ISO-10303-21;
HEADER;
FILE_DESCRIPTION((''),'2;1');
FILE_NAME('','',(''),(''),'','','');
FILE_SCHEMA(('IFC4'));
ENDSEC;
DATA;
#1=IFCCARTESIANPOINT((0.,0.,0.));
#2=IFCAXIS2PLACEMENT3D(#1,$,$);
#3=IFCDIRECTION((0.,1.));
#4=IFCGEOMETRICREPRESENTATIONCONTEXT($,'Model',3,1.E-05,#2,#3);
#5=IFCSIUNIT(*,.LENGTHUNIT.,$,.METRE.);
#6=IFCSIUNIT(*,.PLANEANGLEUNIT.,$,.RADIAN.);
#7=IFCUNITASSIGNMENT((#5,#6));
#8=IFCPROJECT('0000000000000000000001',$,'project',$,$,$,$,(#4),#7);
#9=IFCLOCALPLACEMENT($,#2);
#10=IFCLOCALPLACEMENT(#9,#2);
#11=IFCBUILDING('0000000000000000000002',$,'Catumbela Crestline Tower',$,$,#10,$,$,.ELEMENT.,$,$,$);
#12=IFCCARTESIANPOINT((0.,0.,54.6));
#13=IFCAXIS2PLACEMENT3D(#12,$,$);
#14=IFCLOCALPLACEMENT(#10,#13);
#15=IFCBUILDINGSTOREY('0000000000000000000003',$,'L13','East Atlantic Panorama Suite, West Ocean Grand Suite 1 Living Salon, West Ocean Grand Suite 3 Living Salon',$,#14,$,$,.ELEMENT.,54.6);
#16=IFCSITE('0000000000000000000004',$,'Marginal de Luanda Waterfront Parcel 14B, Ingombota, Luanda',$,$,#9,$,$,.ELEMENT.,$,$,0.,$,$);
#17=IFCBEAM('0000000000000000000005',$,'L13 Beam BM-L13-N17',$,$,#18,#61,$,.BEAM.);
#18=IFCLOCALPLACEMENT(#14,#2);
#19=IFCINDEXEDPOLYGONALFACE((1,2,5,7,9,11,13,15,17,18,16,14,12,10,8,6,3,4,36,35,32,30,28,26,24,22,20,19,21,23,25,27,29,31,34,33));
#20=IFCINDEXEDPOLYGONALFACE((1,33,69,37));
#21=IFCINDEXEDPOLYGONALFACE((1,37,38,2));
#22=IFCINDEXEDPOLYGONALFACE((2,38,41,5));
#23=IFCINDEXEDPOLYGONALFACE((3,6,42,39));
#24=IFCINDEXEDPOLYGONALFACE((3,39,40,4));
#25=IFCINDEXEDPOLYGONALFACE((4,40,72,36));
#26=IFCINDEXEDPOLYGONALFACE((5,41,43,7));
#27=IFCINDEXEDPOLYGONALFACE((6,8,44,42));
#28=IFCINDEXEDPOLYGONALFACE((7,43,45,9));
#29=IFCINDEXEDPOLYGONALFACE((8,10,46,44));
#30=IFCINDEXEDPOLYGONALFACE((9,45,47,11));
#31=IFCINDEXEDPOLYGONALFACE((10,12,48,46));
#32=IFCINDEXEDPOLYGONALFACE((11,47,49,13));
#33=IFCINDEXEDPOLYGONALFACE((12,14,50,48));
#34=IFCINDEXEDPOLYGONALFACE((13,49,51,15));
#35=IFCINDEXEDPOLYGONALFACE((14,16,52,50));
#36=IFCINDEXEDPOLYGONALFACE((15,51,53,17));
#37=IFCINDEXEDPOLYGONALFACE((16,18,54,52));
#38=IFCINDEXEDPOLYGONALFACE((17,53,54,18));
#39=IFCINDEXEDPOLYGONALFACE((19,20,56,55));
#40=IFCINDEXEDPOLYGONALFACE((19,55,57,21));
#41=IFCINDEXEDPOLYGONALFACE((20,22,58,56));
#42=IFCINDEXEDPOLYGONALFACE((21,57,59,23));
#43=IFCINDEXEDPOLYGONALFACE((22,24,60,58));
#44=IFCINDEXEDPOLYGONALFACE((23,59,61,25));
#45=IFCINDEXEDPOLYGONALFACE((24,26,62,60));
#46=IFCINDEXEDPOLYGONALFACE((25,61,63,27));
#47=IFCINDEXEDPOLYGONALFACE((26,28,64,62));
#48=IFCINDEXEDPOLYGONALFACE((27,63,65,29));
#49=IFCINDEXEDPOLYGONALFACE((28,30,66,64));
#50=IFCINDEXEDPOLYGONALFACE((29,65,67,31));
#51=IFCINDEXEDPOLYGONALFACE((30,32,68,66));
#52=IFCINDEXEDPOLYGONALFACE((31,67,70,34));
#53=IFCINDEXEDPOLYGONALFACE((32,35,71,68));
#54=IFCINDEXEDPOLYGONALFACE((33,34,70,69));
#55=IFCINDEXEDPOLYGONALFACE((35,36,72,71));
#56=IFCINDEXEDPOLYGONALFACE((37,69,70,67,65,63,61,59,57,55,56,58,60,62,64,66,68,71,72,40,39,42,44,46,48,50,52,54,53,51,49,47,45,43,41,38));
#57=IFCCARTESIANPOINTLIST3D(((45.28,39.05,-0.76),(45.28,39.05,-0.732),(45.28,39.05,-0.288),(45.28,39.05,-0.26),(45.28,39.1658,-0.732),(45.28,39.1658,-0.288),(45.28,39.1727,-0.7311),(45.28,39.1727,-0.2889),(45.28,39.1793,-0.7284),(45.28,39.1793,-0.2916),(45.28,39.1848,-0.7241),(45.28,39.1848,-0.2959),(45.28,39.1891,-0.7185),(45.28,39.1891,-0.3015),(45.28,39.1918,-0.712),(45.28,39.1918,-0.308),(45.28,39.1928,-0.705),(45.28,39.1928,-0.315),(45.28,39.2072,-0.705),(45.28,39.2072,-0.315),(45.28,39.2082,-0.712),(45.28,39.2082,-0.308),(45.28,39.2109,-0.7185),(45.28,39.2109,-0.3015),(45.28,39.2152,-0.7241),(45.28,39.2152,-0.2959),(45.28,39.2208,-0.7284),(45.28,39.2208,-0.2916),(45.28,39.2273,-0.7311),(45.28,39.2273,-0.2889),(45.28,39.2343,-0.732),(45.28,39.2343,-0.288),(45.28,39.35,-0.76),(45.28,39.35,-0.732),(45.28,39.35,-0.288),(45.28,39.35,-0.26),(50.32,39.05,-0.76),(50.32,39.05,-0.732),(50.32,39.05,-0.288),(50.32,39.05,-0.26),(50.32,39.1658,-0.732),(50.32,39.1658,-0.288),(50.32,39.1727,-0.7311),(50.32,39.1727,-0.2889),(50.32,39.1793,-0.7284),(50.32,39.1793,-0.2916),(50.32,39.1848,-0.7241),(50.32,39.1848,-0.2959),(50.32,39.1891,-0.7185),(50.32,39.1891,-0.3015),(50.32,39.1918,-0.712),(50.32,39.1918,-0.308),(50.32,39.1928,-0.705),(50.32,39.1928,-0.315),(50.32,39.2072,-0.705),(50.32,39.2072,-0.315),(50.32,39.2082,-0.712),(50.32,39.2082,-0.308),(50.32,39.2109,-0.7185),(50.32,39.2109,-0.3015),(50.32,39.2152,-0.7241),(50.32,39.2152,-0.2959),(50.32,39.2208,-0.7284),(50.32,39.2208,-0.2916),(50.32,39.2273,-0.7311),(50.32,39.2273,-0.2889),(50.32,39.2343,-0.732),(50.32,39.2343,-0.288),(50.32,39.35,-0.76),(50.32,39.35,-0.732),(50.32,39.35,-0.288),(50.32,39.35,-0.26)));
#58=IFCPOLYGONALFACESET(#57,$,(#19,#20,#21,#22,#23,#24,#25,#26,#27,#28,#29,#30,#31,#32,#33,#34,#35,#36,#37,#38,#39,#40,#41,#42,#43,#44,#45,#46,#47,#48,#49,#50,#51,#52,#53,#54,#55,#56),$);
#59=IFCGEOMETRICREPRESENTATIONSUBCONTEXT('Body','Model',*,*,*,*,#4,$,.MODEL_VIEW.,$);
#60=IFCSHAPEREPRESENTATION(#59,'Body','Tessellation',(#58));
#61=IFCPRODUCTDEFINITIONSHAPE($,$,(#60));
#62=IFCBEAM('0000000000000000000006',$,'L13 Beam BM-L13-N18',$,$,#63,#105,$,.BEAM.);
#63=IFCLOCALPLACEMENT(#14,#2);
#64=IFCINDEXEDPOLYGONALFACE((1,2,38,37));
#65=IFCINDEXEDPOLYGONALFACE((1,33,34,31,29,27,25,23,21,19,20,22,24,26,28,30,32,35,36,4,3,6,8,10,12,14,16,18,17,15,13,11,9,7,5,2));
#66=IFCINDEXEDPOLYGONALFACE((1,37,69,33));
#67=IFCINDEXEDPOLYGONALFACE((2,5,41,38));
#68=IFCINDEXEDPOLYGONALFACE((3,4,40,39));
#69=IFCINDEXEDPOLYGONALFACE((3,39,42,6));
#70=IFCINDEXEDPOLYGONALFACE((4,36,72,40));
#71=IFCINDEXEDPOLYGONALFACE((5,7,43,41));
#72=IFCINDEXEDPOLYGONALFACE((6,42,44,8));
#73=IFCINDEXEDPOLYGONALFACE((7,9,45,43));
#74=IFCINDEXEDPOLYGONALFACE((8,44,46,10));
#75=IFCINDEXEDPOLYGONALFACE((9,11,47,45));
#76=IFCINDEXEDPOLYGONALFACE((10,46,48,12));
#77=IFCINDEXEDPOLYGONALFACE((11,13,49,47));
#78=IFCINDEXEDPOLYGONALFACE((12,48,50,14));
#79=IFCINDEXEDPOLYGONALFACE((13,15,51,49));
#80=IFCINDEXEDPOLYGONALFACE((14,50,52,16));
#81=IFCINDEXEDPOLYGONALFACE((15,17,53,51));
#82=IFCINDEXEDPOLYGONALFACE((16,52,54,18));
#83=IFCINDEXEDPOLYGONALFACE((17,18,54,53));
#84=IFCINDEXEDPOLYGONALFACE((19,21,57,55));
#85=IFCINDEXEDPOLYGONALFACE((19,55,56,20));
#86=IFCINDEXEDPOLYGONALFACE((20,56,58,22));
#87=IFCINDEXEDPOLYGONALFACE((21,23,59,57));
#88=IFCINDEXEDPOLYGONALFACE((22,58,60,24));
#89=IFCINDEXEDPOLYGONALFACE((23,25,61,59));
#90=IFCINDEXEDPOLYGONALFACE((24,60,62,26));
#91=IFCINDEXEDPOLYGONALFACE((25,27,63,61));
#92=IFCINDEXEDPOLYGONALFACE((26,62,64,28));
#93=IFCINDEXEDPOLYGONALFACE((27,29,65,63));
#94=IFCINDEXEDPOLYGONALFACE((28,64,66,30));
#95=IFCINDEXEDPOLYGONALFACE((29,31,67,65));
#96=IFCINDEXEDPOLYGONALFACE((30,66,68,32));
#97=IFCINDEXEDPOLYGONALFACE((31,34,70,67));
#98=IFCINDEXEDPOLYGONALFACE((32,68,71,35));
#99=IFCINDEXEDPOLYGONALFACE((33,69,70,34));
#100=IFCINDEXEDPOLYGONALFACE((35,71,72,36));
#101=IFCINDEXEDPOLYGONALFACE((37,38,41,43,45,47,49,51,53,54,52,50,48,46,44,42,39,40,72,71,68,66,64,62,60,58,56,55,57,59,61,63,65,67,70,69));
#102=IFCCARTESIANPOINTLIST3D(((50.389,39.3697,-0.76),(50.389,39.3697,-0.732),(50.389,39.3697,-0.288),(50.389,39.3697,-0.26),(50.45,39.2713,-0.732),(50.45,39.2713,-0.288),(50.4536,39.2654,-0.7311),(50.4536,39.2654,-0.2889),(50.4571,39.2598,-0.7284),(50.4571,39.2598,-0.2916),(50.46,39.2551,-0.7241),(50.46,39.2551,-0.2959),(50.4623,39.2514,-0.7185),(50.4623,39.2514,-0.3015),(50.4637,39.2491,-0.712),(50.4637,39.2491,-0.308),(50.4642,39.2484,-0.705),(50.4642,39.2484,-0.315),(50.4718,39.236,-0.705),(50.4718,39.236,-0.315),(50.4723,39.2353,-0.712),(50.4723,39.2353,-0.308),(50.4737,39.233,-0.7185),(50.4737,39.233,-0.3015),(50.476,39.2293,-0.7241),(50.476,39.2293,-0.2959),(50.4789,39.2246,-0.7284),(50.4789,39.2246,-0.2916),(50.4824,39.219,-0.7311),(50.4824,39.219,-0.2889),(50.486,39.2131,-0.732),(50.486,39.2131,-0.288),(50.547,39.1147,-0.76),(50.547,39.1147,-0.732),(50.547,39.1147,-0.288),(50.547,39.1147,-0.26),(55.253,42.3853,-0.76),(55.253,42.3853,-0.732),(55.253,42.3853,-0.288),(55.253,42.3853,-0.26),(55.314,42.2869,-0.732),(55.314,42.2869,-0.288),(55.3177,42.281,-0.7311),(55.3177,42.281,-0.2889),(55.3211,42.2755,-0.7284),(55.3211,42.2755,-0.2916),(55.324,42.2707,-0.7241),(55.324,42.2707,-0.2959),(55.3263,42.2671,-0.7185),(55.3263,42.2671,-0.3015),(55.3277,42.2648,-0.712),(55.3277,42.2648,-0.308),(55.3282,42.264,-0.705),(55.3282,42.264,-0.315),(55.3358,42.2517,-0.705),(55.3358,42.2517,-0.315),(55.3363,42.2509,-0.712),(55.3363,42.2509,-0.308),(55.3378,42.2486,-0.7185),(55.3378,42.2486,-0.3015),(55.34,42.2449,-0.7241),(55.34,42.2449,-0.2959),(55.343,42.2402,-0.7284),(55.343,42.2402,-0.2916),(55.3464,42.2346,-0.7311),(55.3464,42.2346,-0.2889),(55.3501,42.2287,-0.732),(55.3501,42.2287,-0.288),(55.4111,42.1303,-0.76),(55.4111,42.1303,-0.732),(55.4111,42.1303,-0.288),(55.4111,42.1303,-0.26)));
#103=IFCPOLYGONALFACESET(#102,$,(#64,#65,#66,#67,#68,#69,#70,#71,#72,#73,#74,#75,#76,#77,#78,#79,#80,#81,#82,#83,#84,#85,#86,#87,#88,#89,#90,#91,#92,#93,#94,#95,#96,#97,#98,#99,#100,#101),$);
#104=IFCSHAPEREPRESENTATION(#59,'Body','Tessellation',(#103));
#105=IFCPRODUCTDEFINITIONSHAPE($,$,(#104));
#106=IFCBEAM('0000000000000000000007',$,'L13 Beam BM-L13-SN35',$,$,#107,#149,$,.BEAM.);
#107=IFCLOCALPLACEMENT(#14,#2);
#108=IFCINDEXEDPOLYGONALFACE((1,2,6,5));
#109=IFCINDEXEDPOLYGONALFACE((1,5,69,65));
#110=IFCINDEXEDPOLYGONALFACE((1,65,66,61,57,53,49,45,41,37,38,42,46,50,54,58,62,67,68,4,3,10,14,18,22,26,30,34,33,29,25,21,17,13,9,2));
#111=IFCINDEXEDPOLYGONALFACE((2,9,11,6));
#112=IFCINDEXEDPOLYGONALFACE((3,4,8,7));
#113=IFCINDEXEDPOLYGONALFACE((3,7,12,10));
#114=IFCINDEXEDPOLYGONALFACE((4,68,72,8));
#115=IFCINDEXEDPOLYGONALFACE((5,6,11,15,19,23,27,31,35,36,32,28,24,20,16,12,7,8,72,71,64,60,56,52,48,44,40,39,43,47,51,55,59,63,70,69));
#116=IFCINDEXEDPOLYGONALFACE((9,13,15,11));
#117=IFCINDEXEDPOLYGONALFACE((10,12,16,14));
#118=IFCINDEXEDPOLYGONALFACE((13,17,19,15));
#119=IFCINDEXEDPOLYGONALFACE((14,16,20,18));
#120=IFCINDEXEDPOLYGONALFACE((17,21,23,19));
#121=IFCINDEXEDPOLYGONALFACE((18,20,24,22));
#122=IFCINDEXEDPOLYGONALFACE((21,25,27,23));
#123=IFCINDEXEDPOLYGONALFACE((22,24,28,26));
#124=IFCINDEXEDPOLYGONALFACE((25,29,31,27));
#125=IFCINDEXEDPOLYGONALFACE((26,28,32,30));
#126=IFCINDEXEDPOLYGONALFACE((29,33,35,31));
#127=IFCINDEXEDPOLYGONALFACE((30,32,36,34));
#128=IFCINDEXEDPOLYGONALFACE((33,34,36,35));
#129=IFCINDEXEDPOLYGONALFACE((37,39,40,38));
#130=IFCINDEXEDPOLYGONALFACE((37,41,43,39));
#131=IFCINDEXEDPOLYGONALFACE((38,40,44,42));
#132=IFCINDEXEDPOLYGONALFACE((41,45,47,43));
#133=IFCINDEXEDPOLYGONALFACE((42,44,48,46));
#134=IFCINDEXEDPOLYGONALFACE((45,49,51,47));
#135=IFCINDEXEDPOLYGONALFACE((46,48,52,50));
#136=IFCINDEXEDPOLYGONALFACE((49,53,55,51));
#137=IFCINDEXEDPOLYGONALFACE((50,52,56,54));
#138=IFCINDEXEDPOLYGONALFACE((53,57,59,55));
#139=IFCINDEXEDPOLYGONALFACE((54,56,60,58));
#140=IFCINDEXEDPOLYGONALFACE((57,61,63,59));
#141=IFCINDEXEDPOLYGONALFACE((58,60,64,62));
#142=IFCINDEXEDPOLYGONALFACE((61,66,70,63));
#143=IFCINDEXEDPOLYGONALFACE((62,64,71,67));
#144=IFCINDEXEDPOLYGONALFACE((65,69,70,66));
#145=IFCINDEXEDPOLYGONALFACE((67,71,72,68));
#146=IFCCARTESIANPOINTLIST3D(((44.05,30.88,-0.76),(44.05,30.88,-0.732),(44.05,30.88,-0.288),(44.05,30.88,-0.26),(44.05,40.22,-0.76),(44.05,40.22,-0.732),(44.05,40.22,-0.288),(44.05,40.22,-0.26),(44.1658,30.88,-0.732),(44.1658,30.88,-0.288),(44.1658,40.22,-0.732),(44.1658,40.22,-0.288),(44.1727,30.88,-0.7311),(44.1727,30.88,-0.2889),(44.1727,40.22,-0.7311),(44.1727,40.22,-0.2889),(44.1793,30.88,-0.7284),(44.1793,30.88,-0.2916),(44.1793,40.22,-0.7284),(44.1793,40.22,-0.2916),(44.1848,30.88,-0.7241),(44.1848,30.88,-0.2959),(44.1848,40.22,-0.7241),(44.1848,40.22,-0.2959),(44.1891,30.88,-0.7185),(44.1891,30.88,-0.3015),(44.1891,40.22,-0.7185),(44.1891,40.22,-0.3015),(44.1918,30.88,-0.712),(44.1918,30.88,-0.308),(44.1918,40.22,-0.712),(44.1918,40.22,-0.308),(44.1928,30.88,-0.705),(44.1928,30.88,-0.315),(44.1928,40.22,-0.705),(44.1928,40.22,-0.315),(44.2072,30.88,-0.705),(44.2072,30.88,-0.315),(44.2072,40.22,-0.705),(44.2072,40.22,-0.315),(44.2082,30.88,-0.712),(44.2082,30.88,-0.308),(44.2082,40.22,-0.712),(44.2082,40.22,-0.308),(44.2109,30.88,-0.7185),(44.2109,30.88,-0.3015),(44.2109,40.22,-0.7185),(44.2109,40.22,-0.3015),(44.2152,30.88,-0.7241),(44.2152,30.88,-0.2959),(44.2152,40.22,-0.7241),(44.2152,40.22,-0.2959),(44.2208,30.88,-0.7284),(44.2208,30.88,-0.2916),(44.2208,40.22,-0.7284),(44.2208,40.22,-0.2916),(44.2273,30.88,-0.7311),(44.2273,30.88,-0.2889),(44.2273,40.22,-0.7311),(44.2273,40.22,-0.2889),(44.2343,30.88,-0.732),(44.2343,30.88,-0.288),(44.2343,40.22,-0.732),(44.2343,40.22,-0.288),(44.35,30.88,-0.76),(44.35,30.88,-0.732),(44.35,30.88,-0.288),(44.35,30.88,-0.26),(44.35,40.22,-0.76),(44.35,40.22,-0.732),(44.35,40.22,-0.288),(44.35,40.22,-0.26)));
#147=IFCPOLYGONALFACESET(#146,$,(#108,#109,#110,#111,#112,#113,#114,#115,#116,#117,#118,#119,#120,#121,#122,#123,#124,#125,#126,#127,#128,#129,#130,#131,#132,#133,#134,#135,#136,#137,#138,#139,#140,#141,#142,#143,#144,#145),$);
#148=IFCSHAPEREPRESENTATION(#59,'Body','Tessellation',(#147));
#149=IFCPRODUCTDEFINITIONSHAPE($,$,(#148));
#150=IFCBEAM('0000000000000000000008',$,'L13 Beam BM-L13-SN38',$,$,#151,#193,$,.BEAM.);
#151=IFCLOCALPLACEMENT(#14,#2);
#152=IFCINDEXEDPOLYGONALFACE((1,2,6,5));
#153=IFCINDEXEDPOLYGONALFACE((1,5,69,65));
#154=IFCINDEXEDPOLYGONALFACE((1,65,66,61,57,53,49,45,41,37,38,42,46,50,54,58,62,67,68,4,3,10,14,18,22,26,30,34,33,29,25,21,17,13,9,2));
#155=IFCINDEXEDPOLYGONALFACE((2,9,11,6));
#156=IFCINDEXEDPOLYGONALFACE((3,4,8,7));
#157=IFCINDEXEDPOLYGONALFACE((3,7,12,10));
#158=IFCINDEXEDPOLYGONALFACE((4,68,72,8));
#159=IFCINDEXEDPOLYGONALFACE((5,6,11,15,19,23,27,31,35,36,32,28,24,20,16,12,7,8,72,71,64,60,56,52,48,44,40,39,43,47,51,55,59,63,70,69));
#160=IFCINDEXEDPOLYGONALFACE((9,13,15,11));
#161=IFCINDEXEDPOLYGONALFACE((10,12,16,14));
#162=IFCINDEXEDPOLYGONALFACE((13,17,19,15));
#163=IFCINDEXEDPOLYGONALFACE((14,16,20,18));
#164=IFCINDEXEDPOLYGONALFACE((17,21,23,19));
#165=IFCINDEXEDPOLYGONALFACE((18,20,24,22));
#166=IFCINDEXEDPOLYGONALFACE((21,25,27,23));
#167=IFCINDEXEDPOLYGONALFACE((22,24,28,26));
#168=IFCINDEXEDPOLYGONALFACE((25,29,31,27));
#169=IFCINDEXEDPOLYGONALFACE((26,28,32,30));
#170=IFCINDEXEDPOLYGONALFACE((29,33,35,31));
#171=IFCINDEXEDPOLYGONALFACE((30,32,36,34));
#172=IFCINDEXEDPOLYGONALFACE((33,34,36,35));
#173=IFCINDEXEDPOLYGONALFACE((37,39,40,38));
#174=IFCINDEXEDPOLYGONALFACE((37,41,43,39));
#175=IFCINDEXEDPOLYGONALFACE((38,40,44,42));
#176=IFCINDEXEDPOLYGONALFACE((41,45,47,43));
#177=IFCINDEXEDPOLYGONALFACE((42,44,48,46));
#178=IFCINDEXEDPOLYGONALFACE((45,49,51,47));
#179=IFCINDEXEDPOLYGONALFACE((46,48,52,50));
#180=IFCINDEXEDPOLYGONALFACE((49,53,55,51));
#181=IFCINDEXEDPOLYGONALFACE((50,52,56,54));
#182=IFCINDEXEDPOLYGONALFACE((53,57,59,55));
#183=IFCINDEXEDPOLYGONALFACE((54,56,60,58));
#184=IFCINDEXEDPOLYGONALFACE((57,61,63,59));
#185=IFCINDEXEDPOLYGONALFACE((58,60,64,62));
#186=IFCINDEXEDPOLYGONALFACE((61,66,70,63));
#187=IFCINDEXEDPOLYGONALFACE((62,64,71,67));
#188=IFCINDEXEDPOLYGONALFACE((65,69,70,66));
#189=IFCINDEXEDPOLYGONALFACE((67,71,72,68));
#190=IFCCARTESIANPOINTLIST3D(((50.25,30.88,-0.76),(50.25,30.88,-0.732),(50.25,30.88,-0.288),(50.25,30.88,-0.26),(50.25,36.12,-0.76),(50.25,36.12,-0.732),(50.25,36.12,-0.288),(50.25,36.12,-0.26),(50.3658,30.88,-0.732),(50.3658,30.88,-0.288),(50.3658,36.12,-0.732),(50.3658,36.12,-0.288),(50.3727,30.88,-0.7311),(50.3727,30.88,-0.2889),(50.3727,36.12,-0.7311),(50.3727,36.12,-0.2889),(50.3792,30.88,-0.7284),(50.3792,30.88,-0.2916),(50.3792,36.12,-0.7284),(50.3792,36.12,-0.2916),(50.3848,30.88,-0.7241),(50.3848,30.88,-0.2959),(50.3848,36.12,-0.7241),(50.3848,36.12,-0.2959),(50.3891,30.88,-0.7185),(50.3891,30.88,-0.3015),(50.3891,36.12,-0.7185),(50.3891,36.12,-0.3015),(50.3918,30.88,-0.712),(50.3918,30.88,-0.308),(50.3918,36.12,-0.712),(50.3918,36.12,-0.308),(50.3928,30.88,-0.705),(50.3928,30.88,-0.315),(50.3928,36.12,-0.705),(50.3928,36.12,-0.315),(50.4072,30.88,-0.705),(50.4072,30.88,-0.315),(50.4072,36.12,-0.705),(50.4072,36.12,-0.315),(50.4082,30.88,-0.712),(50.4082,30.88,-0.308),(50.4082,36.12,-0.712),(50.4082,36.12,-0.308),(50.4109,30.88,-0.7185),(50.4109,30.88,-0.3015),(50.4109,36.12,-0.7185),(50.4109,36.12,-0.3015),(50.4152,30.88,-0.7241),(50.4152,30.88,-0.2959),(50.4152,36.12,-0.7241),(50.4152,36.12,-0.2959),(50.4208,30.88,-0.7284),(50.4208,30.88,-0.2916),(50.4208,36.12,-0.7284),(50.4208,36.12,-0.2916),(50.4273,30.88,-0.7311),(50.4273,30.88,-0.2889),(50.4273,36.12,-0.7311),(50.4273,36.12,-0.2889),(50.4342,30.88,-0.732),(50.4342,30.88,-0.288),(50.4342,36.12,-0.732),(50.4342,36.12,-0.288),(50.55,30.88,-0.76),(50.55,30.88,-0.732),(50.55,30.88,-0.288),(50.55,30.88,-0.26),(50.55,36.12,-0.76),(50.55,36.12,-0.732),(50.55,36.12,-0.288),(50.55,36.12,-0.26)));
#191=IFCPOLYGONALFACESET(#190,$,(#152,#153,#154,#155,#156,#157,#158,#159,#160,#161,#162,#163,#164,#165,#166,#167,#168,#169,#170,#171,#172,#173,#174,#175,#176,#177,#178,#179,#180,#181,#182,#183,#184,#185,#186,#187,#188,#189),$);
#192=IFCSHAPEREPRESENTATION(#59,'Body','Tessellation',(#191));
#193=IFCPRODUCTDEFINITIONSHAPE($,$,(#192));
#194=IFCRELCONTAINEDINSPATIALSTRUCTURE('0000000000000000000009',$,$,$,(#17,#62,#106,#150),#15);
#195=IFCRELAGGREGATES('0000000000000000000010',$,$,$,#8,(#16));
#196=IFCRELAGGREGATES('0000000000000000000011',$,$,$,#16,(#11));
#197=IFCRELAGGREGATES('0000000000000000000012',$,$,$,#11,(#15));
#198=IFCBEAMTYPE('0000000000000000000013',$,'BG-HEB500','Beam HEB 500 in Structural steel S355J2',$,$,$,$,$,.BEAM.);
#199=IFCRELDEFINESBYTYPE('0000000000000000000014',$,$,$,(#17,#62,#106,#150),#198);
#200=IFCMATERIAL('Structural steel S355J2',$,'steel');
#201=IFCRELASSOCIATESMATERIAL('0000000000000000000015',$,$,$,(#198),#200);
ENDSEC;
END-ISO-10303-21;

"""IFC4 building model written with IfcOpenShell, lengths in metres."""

from ifc_helpers import new_model, si_unit, direction, frame, origin, origin_2d, place, context, subcontext, project, spatial, i_section, extrude, material, material_profile, profile_set, type_object, element, save


model = new_model("IFC4")

# Units and contexts
model_context = context("Model", 3, precision=1e-05, world=origin(), true_north=direction((0.0, 1.0)))
body_context = subcontext(model_context, "Body", "Model", "MODEL_VIEW")
ifc_project = project(units=[si_unit("LENGTHUNIT", "METRE"), si_unit("PLANEANGLEUNIT", "RADIAN")], contexts=[model_context])

# Site, building, storey
site_placement = place(None, origin())
site = spatial("IfcSite", under=ifc_project, at=site_placement, Name="Marginal de Luanda Waterfront Parcel 14B, Ingombota, Luanda", CompositionType="ELEMENT", RefElevation=0.0)
building_placement = place(site_placement, origin())
building = spatial("IfcBuilding", under=site, at=building_placement, Name="Catumbela Crestline Tower", CompositionType="ELEMENT")
storey_placement = place(building_placement, frame((0.0, 0.0, 54.6)))
storey = spatial("IfcBuildingStorey", under=building, at=storey_placement, Name="L13", Description="East Atlantic Panorama Suite, West Ocean Grand Suite 1 Living Salon, West Ocean Grand Suite 3 Living Salon", CompositionType="ELEMENT", Elevation=54.6)

# Beams
ifc_material_1 = material(Name="Structural steel S355J2", Category="steel")
ifc_material_profile_1 = material_profile(ifc_material_1, i_section(OverallWidth=0.3, OverallDepth=0.5, WebThickness=0.0145, FlangeThickness=0.028, FilletRadius=0.027, at=origin_2d()), Name="HEB 500")
ifc_profile_set_1 = profile_set([ifc_material_profile_1], Name="Structural steel S355J2")
beam_type_1 = type_object("IfcBeamType", Name="BG-HEB500", Description="Beam HEB 500 in Structural steel S355J2", PredefinedType="BEAM", material=ifc_profile_set_1)
beam_1_placement = place(storey_placement, frame((45.28, 39.2, -0.51), z_axis=(1.0, 0.0, 0.0), x_axis=(0.0, 1.0, 0.0)))
element("IfcBeam", 1, at=beam_1_placement, inside=storey, type_object=beam_type_1, Name="L13 Beam BM-L13-N17", PredefinedType="BEAM", context=body_context, shape_type="SweptSolid", body=[
    extrude(i_section(OverallWidth=0.3, OverallDepth=0.5, WebThickness=0.0145, FlangeThickness=0.028, FilletRadius=0.027, at=origin_2d()), origin(), (0.0, 0.0, 1.0), 5.04),
])
beam_2_placement = place(storey_placement, frame((50.468, 39.2422, -0.51), z_axis=(0.849909, 0.52693, 0.0), x_axis=(-0.52693, 0.849909, 0.0)))
element("IfcBeam", 2, at=beam_2_placement, inside=storey, type_object=beam_type_1, Name="L13 Beam BM-L13-N18", PredefinedType="BEAM", context=body_context, shape_type="SweptSolid", body=[
    extrude(i_section(OverallWidth=0.3, OverallDepth=0.5, WebThickness=0.0145, FlangeThickness=0.028, FilletRadius=0.027, at=origin_2d()), origin(), (0.0, 0.0, 1.0), 5.723),
])
beam_3_placement = place(storey_placement, frame((44.2, 30.88, -0.51), z_axis=(0.0, 1.0, 0.0), x_axis=(-1.0, 0.0, 0.0)))
element("IfcBeam", 3, at=beam_3_placement, inside=storey, type_object=beam_type_1, Name="L13 Beam BM-L13-SN35", PredefinedType="BEAM", context=body_context, shape_type="SweptSolid", body=[
    extrude(i_section(OverallWidth=0.3, OverallDepth=0.5, WebThickness=0.0145, FlangeThickness=0.028, FilletRadius=0.027, at=origin_2d()), origin(), (0.0, 0.0, 1.0), 9.34),
])
beam_4_placement = place(storey_placement, frame((50.4, 30.88, -0.51), z_axis=(0.0, 1.0, 0.0), x_axis=(-1.0, 0.0, 0.0)))
element("IfcBeam", 4, at=beam_4_placement, inside=storey, type_object=beam_type_1, Name="L13 Beam BM-L13-SN38", PredefinedType="BEAM", context=body_context, shape_type="SweptSolid", body=[
    extrude(i_section(OverallWidth=0.3, OverallDepth=0.5, WebThickness=0.0145, FlangeThickness=0.028, FilletRadius=0.027, at=origin_2d()), origin(), (0.0, 0.0, 1.0), 5.24),
])

save(model, "model.ifc")
